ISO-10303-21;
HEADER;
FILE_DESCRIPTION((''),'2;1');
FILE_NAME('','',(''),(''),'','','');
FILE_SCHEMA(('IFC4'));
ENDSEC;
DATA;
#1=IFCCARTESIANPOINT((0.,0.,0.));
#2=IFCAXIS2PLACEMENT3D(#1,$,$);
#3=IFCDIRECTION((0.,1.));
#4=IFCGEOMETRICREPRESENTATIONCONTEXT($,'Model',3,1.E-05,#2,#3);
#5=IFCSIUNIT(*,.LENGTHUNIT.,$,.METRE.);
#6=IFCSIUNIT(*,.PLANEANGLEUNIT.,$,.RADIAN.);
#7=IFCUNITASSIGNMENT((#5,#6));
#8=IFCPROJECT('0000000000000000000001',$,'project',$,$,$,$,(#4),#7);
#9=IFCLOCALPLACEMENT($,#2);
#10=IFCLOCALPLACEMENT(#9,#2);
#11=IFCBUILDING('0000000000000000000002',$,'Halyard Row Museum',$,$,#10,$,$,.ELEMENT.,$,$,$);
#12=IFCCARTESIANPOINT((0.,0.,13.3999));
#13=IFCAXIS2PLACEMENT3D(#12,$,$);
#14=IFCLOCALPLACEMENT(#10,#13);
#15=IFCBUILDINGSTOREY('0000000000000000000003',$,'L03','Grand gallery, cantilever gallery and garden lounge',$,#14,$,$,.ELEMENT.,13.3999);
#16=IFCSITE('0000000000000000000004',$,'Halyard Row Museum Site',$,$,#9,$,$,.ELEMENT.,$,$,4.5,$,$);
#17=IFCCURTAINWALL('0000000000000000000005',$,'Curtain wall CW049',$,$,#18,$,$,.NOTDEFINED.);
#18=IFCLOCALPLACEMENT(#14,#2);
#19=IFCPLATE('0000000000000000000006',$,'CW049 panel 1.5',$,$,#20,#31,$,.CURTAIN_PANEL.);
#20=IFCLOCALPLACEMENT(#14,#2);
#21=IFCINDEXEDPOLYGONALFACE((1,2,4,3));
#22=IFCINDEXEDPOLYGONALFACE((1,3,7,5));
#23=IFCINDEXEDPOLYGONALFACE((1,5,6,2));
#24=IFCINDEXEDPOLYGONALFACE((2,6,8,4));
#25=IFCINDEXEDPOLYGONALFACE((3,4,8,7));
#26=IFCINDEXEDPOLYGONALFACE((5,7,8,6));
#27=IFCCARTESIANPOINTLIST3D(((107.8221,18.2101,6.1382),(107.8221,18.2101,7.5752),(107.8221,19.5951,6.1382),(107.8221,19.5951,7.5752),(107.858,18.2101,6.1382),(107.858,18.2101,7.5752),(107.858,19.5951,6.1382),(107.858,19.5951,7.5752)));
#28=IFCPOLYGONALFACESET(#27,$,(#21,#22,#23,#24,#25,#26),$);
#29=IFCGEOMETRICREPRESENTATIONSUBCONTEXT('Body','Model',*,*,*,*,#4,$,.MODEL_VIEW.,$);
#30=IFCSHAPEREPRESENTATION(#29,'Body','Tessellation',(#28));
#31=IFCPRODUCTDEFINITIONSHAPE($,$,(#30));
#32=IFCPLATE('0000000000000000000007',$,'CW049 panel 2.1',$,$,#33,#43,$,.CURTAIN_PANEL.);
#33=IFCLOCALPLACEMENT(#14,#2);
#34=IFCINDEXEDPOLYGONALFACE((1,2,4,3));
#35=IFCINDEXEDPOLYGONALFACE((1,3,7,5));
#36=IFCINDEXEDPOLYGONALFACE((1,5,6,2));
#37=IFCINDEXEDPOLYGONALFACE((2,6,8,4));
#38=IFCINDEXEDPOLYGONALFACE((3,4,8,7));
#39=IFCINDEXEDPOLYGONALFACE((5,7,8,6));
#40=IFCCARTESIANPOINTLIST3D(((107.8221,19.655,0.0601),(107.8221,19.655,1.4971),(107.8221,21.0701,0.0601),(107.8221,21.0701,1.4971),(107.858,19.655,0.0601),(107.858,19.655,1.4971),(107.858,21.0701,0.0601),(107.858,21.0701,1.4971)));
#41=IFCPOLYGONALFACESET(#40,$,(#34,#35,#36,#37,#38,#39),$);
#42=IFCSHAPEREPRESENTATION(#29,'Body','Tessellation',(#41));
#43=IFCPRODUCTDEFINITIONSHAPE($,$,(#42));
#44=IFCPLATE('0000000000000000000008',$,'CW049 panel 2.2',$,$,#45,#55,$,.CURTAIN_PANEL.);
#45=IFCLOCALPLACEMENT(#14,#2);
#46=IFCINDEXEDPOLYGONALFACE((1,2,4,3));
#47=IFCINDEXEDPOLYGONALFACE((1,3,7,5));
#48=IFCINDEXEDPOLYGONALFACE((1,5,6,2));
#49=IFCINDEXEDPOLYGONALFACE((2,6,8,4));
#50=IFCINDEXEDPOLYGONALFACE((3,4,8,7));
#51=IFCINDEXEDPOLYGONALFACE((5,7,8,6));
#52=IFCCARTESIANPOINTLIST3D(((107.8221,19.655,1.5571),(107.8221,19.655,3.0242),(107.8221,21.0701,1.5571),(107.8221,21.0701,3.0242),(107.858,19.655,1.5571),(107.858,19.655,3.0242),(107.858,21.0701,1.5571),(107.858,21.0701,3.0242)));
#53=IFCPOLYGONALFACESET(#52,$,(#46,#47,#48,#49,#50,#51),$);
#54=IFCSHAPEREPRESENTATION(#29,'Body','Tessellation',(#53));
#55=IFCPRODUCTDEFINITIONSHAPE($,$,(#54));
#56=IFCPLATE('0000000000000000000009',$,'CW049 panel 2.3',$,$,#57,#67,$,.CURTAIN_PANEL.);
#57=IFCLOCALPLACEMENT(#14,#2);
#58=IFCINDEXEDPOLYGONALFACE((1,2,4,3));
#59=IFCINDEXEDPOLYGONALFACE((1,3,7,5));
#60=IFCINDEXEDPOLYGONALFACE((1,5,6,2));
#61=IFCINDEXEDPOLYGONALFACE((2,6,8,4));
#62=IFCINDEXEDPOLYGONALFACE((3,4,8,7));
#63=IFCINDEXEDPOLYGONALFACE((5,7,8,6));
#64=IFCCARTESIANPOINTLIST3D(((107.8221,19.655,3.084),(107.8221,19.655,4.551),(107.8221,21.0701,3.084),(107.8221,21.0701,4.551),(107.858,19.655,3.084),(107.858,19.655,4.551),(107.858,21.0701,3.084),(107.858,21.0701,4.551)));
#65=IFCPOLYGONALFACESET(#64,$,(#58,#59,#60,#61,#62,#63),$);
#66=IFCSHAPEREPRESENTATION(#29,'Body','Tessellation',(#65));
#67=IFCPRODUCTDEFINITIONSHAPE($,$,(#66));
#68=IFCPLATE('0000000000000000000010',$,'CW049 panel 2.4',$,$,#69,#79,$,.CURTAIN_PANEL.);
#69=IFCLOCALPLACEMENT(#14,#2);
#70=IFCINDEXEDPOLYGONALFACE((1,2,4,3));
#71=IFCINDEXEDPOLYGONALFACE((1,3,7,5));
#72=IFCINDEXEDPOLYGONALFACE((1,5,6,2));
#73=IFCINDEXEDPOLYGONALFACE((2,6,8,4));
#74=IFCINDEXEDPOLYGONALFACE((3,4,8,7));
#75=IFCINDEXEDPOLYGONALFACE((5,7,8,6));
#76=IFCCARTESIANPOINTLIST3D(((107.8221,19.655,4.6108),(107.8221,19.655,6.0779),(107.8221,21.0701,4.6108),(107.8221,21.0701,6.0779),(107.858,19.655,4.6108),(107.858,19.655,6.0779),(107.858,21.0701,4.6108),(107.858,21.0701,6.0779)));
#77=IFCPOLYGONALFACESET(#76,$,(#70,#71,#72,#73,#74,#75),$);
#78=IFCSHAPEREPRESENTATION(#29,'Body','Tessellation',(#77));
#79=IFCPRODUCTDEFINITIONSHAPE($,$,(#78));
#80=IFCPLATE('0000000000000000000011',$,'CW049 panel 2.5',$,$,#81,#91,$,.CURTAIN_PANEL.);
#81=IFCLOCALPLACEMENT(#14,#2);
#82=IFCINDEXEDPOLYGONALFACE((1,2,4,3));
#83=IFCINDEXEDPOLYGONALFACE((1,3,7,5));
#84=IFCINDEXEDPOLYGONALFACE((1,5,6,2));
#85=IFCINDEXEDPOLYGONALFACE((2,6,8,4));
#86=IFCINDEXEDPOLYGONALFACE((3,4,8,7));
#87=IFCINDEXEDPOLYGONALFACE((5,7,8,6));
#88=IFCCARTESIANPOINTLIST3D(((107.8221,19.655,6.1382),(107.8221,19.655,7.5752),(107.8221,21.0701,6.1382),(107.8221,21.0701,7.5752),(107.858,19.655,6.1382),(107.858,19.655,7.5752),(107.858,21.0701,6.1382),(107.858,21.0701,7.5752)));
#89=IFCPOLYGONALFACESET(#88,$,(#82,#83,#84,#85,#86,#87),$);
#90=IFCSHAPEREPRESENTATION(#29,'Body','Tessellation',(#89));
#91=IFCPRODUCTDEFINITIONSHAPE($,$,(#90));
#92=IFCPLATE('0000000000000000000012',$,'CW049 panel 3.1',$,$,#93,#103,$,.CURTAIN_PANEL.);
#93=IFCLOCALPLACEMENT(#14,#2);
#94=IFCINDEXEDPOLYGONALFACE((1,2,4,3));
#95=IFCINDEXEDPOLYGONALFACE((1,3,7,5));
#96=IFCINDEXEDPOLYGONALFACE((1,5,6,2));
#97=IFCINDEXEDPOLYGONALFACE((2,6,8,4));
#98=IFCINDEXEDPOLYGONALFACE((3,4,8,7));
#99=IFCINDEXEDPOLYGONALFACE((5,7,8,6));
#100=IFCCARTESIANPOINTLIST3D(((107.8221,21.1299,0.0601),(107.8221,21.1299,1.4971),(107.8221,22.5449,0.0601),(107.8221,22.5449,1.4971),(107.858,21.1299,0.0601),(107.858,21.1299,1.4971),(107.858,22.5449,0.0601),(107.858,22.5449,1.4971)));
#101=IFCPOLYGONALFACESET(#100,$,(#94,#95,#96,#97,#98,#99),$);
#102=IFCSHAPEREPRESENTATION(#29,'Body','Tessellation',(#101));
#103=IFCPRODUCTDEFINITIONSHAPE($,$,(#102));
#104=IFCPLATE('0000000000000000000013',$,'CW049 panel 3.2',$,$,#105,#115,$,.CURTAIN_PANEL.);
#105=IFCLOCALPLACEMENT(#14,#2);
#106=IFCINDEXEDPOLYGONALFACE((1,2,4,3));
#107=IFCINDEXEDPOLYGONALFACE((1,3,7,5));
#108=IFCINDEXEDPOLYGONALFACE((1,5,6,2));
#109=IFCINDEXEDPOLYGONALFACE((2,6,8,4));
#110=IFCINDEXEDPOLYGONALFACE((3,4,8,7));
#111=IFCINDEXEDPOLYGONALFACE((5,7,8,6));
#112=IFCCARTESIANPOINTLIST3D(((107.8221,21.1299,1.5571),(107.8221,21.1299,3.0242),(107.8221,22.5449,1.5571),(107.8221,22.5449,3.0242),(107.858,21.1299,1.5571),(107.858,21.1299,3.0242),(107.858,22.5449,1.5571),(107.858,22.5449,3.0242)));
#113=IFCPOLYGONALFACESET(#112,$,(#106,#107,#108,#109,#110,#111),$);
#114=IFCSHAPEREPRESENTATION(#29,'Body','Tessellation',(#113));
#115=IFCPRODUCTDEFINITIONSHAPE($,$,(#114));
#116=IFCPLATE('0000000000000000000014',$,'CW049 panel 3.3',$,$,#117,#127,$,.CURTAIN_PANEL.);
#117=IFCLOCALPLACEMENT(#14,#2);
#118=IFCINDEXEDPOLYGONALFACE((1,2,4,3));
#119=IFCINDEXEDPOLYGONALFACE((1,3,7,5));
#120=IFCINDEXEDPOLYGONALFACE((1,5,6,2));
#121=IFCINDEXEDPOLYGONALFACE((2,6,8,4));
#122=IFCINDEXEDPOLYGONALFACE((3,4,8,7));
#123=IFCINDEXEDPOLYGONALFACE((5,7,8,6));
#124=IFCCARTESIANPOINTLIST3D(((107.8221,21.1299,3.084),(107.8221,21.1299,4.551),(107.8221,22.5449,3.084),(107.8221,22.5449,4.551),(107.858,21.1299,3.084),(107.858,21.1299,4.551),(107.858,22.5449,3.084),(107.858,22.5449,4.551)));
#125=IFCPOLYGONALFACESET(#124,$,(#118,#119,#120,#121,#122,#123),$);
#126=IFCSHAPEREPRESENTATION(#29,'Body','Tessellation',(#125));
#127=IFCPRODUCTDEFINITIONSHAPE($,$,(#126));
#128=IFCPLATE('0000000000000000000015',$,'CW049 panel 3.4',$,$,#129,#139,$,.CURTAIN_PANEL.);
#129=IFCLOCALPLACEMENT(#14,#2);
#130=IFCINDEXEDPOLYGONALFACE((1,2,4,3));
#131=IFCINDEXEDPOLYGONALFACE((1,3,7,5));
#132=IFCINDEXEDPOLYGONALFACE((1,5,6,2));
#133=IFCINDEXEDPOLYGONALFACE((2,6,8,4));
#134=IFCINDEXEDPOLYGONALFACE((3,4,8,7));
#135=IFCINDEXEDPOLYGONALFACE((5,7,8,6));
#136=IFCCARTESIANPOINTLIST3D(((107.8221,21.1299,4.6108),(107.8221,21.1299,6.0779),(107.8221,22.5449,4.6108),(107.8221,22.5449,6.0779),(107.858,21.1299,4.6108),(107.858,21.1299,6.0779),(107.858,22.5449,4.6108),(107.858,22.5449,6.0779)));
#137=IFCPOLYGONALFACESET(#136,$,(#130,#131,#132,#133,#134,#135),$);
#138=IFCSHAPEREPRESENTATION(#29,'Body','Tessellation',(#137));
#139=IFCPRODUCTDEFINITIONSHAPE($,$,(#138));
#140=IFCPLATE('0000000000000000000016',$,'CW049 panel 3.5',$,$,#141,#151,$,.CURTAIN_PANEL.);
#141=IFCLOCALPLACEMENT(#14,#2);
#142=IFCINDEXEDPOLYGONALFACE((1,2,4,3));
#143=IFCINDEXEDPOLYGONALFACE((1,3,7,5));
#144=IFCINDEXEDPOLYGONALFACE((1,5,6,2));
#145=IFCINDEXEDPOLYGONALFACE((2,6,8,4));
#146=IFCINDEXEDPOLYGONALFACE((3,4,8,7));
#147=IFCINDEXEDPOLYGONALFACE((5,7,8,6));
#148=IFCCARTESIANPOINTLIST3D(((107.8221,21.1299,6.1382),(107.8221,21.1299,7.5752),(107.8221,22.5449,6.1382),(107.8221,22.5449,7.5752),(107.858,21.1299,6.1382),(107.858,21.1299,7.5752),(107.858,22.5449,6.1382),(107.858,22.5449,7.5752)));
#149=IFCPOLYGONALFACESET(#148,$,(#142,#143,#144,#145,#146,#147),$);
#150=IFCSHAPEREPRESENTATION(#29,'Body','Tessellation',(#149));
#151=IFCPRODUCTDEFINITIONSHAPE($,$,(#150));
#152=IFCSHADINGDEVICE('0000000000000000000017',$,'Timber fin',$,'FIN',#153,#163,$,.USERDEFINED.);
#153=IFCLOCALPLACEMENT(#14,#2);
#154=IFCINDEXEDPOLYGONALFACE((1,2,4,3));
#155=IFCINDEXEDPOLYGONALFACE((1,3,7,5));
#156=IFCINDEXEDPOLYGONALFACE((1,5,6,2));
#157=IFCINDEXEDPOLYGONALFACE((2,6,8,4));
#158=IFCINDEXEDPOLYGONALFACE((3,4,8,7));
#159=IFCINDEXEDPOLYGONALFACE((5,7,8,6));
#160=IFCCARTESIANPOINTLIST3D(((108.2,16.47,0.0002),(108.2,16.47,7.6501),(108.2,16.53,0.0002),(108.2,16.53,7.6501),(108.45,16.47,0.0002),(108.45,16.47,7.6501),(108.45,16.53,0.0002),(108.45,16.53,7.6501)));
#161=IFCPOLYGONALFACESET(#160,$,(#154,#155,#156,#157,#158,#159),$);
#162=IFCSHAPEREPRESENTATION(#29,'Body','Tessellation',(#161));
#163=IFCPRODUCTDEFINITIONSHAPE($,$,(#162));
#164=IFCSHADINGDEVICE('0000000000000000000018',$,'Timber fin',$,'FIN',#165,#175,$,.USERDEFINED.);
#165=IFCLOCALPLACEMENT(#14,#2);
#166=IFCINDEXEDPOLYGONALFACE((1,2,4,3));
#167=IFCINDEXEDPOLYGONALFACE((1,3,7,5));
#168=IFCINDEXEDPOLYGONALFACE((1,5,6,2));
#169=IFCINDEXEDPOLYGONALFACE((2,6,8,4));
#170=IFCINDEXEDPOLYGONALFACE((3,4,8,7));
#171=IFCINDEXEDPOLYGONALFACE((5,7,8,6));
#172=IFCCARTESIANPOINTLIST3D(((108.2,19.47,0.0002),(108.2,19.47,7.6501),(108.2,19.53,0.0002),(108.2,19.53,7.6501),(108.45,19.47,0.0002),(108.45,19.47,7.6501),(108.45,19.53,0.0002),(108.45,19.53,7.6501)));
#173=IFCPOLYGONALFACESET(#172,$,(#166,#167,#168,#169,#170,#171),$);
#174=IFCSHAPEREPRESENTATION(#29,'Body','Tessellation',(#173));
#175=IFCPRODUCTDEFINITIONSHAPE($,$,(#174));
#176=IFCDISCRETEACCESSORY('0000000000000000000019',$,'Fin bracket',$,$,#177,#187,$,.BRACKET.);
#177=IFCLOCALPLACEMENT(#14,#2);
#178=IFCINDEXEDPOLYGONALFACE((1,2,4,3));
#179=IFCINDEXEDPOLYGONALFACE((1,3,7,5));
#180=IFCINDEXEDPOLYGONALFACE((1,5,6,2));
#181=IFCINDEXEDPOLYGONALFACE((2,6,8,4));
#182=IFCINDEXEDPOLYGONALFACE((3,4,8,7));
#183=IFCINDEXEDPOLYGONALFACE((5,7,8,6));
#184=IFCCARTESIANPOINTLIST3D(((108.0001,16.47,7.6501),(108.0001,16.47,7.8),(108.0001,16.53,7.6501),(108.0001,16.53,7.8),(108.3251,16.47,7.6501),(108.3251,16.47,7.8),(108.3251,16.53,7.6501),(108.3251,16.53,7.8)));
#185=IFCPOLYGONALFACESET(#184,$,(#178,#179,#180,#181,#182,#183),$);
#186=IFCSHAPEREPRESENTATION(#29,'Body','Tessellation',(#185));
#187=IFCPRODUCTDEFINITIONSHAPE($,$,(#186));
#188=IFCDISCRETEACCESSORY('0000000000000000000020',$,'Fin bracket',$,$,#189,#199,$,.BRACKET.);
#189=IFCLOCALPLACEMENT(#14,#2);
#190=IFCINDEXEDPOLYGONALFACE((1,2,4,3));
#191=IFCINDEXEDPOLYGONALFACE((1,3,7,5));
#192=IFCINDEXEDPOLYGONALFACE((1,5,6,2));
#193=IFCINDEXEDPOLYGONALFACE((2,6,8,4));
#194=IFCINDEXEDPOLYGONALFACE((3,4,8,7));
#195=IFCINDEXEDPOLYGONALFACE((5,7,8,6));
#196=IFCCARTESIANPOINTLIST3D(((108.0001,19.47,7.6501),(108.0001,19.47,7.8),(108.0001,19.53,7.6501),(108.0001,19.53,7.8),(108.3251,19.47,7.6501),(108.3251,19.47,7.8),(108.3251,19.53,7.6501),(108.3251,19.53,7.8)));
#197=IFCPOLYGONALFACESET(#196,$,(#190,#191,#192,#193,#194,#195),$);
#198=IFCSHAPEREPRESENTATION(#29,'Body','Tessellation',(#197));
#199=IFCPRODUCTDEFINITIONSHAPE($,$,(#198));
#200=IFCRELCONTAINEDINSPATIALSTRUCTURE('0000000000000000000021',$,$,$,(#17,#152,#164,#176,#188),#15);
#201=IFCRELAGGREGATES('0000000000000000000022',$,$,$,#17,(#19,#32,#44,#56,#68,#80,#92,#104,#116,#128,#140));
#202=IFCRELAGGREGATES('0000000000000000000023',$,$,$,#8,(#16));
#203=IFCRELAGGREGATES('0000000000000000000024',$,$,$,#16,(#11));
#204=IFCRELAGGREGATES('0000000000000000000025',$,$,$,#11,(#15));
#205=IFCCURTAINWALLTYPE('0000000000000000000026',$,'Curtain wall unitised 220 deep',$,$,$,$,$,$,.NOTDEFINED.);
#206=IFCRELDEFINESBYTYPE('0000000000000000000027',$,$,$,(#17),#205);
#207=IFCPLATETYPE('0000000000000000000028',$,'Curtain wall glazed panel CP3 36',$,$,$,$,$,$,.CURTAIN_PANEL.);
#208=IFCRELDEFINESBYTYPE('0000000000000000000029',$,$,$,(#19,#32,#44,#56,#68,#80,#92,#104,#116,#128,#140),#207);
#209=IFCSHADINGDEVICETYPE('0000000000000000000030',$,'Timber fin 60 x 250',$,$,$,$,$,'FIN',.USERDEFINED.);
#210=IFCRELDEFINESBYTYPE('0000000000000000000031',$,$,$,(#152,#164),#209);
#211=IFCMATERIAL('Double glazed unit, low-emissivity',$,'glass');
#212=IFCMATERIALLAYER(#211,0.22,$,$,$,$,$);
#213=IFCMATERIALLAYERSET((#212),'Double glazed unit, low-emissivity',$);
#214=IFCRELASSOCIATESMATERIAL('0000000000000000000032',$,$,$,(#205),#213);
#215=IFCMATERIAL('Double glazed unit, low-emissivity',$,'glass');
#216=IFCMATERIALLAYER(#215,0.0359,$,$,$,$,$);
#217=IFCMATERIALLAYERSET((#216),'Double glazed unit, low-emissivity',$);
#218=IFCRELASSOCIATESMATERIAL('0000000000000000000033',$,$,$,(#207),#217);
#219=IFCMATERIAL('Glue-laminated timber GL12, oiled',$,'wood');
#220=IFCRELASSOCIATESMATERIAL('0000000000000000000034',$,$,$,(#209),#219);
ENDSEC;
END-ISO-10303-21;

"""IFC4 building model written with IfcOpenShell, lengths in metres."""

from ifc_helpers import new_model, si_unit, direction, frame, origin, origin_2d, place, context, subcontext, project, spatial, rectangle, extrude, material, layer, layer_set, type_object, element, aggregate, save


model = new_model("IFC4")

# Units and contexts
model_context = context("Model", 3, precision=1e-05, world=origin(), true_north=direction((0.0, 1.0)))
body_context = subcontext(model_context, "Body", "Model", "MODEL_VIEW")
ifc_project = project(units=[si_unit("LENGTHUNIT", "METRE"), si_unit("PLANEANGLEUNIT", "RADIAN")], contexts=[model_context])

# Site, building, storey
site_placement = place(None, origin())
site = spatial("IfcSite", under=ifc_project, at=site_placement, Name="Halyard Row Museum Site", CompositionType="ELEMENT", RefElevation=4.5)
building_placement = place(site_placement, origin())
building = spatial("IfcBuilding", under=site, at=building_placement, Name="Halyard Row Museum", CompositionType="ELEMENT")
storey_placement = place(building_placement, frame((0.0, 0.0, 13.3999)))
storey = spatial("IfcBuildingStorey", under=building, at=storey_placement, Name="L03", Description="Grand gallery, cantilever gallery and garden lounge", CompositionType="ELEMENT", Elevation=13.3999)

# Curtain wall
ifc_material_1 = material(Name="Double glazed unit, low-emissivity", Category="glass")
ifc_layer_1 = layer(ifc_material_1, 0.22)
ifc_layer_set_1 = layer_set([ifc_layer_1], Name="Double glazed unit, low-emissivity")
curtain_wall_type = type_object("IfcCurtainWallType", Name="Curtain wall unitised 220 deep", PredefinedType="NOTDEFINED", material=ifc_layer_set_1)
curtain_wall_placement = place(storey_placement, origin())
curtain_wall = element("IfcCurtainWall", 1, at=curtain_wall_placement, inside=storey, type_object=curtain_wall_type, Name="Curtain wall CW049", PredefinedType="NOTDEFINED")

# Plates
ifc_material_2 = material(Name="Double glazed unit, low-emissivity", Category="glass")
ifc_layer_2 = layer(ifc_material_2, 0.0359)
ifc_layer_set_2 = layer_set([ifc_layer_2], Name="Double glazed unit, low-emissivity")
plate_type = type_object("IfcPlateType", Name="Curtain wall glazed panel CP3 36", PredefinedType="CURTAIN_PANEL", material=ifc_layer_set_2)
plate_1_placement = place(storey_placement, frame((107.8401, 18.9026, 6.1382), z_axis=(0.0, 0.0, 1.0), x_axis=(0.0, 1.0, 0.0)))
plate_1 = element("IfcPlate", 2, at=plate_1_placement, type_object=plate_type, Name="CW049 panel 1.5", PredefinedType="CURTAIN_PANEL", context=body_context, shape_type="SweptSolid", body=[
    extrude(rectangle(XDim=1.385, YDim=0.0359, at=origin_2d()), origin(), (0.0, 0.0, 1.0), 1.437),
])
plate_2_placement = place(storey_placement, frame((107.8401, 20.3625, 0.0601), z_axis=(0.0, 0.0, 1.0), x_axis=(0.0, 1.0, 0.0)))
plate_2 = element("IfcPlate", 3, at=plate_2_placement, type_object=plate_type, Name="CW049 panel 2.1", PredefinedType="CURTAIN_PANEL", context=body_context, shape_type="SweptSolid", body=[
    extrude(rectangle(XDim=1.415, YDim=0.0359, at=origin_2d()), origin(), (0.0, 0.0, 1.0), 1.437),
])
plate_3_placement = place(storey_placement, frame((107.8401, 20.3625, 1.5571), z_axis=(0.0, 0.0, 1.0), x_axis=(0.0, 1.0, 0.0)))
plate_3 = element("IfcPlate", 4, at=plate_3_placement, type_object=plate_type, Name="CW049 panel 2.2", PredefinedType="CURTAIN_PANEL", context=body_context, shape_type="SweptSolid", body=[
    extrude(rectangle(XDim=1.415, YDim=0.0359, at=origin_2d()), origin(), (0.0, 0.0, 1.0), 1.467),
])
plate_4_placement = place(storey_placement, frame((107.8401, 20.3625, 3.084), z_axis=(0.0, 0.0, 1.0), x_axis=(0.0, 1.0, 0.0)))
plate_4 = element("IfcPlate", 5, at=plate_4_placement, type_object=plate_type, Name="CW049 panel 2.3", PredefinedType="CURTAIN_PANEL", context=body_context, shape_type="SweptSolid", body=[
    extrude(rectangle(XDim=1.415, YDim=0.0359, at=origin_2d()), origin(), (0.0, 0.0, 1.0), 1.467),
])
plate_5_placement = place(storey_placement, frame((107.8401, 20.3625, 4.6108), z_axis=(0.0, 0.0, 1.0), x_axis=(0.0, 1.0, 0.0)))
plate_5 = element("IfcPlate", 6, at=plate_5_placement, type_object=plate_type, Name="CW049 panel 2.4", PredefinedType="CURTAIN_PANEL", context=body_context, shape_type="SweptSolid", body=[
    extrude(rectangle(XDim=1.415, YDim=0.0359, at=origin_2d()), origin(), (0.0, 0.0, 1.0), 1.467),
])
plate_6_placement = place(storey_placement, frame((107.8401, 20.3625, 6.1382), z_axis=(0.0, 0.0, 1.0), x_axis=(0.0, 1.0, 0.0)))
plate_6 = element("IfcPlate", 7, at=plate_6_placement, type_object=plate_type, Name="CW049 panel 2.5", PredefinedType="CURTAIN_PANEL", context=body_context, shape_type="SweptSolid", body=[
    extrude(rectangle(XDim=1.415, YDim=0.0359, at=origin_2d()), origin(), (0.0, 0.0, 1.0), 1.437),
])
plate_7_placement = place(storey_placement, frame((107.8401, 21.8374, 0.0601), z_axis=(0.0, 0.0, 1.0), x_axis=(0.0, 1.0, 0.0)))
plate_7 = element("IfcPlate", 8, at=plate_7_placement, type_object=plate_type, Name="CW049 panel 3.1", PredefinedType="CURTAIN_PANEL", context=body_context, shape_type="SweptSolid", body=[
    extrude(rectangle(XDim=1.415, YDim=0.0359, at=origin_2d()), origin(), (0.0, 0.0, 1.0), 1.437),
])
plate_8_placement = place(storey_placement, frame((107.8401, 21.8374, 1.5571), z_axis=(0.0, 0.0, 1.0), x_axis=(0.0, 1.0, 0.0)))
plate_8 = element("IfcPlate", 9, at=plate_8_placement, type_object=plate_type, Name="CW049 panel 3.2", PredefinedType="CURTAIN_PANEL", context=body_context, shape_type="SweptSolid", body=[
    extrude(rectangle(XDim=1.415, YDim=0.0359, at=origin_2d()), origin(), (0.0, 0.0, 1.0), 1.467),
])
plate_9_placement = place(storey_placement, frame((107.8401, 21.8374, 3.084), z_axis=(0.0, 0.0, 1.0), x_axis=(0.0, 1.0, 0.0)))
plate_9 = element("IfcPlate", 10, at=plate_9_placement, type_object=plate_type, Name="CW049 panel 3.3", PredefinedType="CURTAIN_PANEL", context=body_context, shape_type="SweptSolid", body=[
    extrude(rectangle(XDim=1.415, YDim=0.0359, at=origin_2d()), origin(), (0.0, 0.0, 1.0), 1.467),
])
plate_10_placement = place(storey_placement, frame((107.8401, 21.8374, 4.6108), z_axis=(0.0, 0.0, 1.0), x_axis=(0.0, 1.0, 0.0)))
plate_10 = element("IfcPlate", 11, at=plate_10_placement, type_object=plate_type, Name="CW049 panel 3.4", PredefinedType="CURTAIN_PANEL", context=body_context, shape_type="SweptSolid", body=[
    extrude(rectangle(XDim=1.415, YDim=0.0359, at=origin_2d()), origin(), (0.0, 0.0, 1.0), 1.467),
])
plate_11_placement = place(storey_placement, frame((107.8401, 21.8374, 6.1382), z_axis=(0.0, 0.0, 1.0), x_axis=(0.0, 1.0, 0.0)))
plate_11 = element("IfcPlate", 12, at=plate_11_placement, type_object=plate_type, Name="CW049 panel 3.5", PredefinedType="CURTAIN_PANEL", context=body_context, shape_type="SweptSolid", body=[
    extrude(rectangle(XDim=1.415, YDim=0.0359, at=origin_2d()), origin(), (0.0, 0.0, 1.0), 1.437),
])
aggregate(curtain_wall, [plate_1, plate_2, plate_3, plate_4, plate_5, plate_6, plate_7, plate_8, plate_9, plate_10, plate_11])

# Shading devices
ifc_material_3 = material(Name="Glue-laminated timber GL12, oiled", Category="wood")
shading_device_type = type_object("IfcShadingDeviceType", Name="Timber fin 60 x 250", ElementType="FIN", PredefinedType="USERDEFINED", material=ifc_material_3)
for number, where, z_axis, x_axis, name in (
    (13, (108.325, 16.5, 0.0002), (0.0, 0.0, 1.0), (1.0, 0.0, 0.0), "Timber fin"),
    (14, (108.325, 19.5, 0.0002), (0.0, 0.0, 1.0), (1.0, 0.0, 0.0), "Timber fin"),
):
    element("IfcShadingDevice", number, at=place(storey_placement, frame(where, z_axis=z_axis, x_axis=x_axis)), inside=storey, type_object=shading_device_type, Name=name, ObjectType="FIN", PredefinedType="USERDEFINED", context=body_context, shape_type="SweptSolid", body=[
        extrude(rectangle(XDim=0.25, YDim=0.0601, at=origin_2d()), origin(), (0.0, 0.0, 1.0), 7.6499),
    ])

# Discrete accessories
for number, where, z_axis, x_axis, name in (
    (15, (108.1626, 16.5, 7.6501), (0.0, 0.0, 1.0), (1.0, 0.0, 0.0), "Fin bracket"),
    (16, (108.1626, 19.5, 7.6501), (0.0, 0.0, 1.0), (1.0, 0.0, 0.0), "Fin bracket"),
):
    element("IfcDiscreteAccessory", number, at=place(storey_placement, frame(where, z_axis=z_axis, x_axis=x_axis)), inside=storey, Name=name, PredefinedType="BRACKET", context=body_context, shape_type="SweptSolid", body=[
        extrude(rectangle(XDim=0.325, YDim=0.0601, at=origin_2d()), origin(), (0.0, 0.0, 1.0), 0.1499),
    ])

save(model, "model.ifc")
